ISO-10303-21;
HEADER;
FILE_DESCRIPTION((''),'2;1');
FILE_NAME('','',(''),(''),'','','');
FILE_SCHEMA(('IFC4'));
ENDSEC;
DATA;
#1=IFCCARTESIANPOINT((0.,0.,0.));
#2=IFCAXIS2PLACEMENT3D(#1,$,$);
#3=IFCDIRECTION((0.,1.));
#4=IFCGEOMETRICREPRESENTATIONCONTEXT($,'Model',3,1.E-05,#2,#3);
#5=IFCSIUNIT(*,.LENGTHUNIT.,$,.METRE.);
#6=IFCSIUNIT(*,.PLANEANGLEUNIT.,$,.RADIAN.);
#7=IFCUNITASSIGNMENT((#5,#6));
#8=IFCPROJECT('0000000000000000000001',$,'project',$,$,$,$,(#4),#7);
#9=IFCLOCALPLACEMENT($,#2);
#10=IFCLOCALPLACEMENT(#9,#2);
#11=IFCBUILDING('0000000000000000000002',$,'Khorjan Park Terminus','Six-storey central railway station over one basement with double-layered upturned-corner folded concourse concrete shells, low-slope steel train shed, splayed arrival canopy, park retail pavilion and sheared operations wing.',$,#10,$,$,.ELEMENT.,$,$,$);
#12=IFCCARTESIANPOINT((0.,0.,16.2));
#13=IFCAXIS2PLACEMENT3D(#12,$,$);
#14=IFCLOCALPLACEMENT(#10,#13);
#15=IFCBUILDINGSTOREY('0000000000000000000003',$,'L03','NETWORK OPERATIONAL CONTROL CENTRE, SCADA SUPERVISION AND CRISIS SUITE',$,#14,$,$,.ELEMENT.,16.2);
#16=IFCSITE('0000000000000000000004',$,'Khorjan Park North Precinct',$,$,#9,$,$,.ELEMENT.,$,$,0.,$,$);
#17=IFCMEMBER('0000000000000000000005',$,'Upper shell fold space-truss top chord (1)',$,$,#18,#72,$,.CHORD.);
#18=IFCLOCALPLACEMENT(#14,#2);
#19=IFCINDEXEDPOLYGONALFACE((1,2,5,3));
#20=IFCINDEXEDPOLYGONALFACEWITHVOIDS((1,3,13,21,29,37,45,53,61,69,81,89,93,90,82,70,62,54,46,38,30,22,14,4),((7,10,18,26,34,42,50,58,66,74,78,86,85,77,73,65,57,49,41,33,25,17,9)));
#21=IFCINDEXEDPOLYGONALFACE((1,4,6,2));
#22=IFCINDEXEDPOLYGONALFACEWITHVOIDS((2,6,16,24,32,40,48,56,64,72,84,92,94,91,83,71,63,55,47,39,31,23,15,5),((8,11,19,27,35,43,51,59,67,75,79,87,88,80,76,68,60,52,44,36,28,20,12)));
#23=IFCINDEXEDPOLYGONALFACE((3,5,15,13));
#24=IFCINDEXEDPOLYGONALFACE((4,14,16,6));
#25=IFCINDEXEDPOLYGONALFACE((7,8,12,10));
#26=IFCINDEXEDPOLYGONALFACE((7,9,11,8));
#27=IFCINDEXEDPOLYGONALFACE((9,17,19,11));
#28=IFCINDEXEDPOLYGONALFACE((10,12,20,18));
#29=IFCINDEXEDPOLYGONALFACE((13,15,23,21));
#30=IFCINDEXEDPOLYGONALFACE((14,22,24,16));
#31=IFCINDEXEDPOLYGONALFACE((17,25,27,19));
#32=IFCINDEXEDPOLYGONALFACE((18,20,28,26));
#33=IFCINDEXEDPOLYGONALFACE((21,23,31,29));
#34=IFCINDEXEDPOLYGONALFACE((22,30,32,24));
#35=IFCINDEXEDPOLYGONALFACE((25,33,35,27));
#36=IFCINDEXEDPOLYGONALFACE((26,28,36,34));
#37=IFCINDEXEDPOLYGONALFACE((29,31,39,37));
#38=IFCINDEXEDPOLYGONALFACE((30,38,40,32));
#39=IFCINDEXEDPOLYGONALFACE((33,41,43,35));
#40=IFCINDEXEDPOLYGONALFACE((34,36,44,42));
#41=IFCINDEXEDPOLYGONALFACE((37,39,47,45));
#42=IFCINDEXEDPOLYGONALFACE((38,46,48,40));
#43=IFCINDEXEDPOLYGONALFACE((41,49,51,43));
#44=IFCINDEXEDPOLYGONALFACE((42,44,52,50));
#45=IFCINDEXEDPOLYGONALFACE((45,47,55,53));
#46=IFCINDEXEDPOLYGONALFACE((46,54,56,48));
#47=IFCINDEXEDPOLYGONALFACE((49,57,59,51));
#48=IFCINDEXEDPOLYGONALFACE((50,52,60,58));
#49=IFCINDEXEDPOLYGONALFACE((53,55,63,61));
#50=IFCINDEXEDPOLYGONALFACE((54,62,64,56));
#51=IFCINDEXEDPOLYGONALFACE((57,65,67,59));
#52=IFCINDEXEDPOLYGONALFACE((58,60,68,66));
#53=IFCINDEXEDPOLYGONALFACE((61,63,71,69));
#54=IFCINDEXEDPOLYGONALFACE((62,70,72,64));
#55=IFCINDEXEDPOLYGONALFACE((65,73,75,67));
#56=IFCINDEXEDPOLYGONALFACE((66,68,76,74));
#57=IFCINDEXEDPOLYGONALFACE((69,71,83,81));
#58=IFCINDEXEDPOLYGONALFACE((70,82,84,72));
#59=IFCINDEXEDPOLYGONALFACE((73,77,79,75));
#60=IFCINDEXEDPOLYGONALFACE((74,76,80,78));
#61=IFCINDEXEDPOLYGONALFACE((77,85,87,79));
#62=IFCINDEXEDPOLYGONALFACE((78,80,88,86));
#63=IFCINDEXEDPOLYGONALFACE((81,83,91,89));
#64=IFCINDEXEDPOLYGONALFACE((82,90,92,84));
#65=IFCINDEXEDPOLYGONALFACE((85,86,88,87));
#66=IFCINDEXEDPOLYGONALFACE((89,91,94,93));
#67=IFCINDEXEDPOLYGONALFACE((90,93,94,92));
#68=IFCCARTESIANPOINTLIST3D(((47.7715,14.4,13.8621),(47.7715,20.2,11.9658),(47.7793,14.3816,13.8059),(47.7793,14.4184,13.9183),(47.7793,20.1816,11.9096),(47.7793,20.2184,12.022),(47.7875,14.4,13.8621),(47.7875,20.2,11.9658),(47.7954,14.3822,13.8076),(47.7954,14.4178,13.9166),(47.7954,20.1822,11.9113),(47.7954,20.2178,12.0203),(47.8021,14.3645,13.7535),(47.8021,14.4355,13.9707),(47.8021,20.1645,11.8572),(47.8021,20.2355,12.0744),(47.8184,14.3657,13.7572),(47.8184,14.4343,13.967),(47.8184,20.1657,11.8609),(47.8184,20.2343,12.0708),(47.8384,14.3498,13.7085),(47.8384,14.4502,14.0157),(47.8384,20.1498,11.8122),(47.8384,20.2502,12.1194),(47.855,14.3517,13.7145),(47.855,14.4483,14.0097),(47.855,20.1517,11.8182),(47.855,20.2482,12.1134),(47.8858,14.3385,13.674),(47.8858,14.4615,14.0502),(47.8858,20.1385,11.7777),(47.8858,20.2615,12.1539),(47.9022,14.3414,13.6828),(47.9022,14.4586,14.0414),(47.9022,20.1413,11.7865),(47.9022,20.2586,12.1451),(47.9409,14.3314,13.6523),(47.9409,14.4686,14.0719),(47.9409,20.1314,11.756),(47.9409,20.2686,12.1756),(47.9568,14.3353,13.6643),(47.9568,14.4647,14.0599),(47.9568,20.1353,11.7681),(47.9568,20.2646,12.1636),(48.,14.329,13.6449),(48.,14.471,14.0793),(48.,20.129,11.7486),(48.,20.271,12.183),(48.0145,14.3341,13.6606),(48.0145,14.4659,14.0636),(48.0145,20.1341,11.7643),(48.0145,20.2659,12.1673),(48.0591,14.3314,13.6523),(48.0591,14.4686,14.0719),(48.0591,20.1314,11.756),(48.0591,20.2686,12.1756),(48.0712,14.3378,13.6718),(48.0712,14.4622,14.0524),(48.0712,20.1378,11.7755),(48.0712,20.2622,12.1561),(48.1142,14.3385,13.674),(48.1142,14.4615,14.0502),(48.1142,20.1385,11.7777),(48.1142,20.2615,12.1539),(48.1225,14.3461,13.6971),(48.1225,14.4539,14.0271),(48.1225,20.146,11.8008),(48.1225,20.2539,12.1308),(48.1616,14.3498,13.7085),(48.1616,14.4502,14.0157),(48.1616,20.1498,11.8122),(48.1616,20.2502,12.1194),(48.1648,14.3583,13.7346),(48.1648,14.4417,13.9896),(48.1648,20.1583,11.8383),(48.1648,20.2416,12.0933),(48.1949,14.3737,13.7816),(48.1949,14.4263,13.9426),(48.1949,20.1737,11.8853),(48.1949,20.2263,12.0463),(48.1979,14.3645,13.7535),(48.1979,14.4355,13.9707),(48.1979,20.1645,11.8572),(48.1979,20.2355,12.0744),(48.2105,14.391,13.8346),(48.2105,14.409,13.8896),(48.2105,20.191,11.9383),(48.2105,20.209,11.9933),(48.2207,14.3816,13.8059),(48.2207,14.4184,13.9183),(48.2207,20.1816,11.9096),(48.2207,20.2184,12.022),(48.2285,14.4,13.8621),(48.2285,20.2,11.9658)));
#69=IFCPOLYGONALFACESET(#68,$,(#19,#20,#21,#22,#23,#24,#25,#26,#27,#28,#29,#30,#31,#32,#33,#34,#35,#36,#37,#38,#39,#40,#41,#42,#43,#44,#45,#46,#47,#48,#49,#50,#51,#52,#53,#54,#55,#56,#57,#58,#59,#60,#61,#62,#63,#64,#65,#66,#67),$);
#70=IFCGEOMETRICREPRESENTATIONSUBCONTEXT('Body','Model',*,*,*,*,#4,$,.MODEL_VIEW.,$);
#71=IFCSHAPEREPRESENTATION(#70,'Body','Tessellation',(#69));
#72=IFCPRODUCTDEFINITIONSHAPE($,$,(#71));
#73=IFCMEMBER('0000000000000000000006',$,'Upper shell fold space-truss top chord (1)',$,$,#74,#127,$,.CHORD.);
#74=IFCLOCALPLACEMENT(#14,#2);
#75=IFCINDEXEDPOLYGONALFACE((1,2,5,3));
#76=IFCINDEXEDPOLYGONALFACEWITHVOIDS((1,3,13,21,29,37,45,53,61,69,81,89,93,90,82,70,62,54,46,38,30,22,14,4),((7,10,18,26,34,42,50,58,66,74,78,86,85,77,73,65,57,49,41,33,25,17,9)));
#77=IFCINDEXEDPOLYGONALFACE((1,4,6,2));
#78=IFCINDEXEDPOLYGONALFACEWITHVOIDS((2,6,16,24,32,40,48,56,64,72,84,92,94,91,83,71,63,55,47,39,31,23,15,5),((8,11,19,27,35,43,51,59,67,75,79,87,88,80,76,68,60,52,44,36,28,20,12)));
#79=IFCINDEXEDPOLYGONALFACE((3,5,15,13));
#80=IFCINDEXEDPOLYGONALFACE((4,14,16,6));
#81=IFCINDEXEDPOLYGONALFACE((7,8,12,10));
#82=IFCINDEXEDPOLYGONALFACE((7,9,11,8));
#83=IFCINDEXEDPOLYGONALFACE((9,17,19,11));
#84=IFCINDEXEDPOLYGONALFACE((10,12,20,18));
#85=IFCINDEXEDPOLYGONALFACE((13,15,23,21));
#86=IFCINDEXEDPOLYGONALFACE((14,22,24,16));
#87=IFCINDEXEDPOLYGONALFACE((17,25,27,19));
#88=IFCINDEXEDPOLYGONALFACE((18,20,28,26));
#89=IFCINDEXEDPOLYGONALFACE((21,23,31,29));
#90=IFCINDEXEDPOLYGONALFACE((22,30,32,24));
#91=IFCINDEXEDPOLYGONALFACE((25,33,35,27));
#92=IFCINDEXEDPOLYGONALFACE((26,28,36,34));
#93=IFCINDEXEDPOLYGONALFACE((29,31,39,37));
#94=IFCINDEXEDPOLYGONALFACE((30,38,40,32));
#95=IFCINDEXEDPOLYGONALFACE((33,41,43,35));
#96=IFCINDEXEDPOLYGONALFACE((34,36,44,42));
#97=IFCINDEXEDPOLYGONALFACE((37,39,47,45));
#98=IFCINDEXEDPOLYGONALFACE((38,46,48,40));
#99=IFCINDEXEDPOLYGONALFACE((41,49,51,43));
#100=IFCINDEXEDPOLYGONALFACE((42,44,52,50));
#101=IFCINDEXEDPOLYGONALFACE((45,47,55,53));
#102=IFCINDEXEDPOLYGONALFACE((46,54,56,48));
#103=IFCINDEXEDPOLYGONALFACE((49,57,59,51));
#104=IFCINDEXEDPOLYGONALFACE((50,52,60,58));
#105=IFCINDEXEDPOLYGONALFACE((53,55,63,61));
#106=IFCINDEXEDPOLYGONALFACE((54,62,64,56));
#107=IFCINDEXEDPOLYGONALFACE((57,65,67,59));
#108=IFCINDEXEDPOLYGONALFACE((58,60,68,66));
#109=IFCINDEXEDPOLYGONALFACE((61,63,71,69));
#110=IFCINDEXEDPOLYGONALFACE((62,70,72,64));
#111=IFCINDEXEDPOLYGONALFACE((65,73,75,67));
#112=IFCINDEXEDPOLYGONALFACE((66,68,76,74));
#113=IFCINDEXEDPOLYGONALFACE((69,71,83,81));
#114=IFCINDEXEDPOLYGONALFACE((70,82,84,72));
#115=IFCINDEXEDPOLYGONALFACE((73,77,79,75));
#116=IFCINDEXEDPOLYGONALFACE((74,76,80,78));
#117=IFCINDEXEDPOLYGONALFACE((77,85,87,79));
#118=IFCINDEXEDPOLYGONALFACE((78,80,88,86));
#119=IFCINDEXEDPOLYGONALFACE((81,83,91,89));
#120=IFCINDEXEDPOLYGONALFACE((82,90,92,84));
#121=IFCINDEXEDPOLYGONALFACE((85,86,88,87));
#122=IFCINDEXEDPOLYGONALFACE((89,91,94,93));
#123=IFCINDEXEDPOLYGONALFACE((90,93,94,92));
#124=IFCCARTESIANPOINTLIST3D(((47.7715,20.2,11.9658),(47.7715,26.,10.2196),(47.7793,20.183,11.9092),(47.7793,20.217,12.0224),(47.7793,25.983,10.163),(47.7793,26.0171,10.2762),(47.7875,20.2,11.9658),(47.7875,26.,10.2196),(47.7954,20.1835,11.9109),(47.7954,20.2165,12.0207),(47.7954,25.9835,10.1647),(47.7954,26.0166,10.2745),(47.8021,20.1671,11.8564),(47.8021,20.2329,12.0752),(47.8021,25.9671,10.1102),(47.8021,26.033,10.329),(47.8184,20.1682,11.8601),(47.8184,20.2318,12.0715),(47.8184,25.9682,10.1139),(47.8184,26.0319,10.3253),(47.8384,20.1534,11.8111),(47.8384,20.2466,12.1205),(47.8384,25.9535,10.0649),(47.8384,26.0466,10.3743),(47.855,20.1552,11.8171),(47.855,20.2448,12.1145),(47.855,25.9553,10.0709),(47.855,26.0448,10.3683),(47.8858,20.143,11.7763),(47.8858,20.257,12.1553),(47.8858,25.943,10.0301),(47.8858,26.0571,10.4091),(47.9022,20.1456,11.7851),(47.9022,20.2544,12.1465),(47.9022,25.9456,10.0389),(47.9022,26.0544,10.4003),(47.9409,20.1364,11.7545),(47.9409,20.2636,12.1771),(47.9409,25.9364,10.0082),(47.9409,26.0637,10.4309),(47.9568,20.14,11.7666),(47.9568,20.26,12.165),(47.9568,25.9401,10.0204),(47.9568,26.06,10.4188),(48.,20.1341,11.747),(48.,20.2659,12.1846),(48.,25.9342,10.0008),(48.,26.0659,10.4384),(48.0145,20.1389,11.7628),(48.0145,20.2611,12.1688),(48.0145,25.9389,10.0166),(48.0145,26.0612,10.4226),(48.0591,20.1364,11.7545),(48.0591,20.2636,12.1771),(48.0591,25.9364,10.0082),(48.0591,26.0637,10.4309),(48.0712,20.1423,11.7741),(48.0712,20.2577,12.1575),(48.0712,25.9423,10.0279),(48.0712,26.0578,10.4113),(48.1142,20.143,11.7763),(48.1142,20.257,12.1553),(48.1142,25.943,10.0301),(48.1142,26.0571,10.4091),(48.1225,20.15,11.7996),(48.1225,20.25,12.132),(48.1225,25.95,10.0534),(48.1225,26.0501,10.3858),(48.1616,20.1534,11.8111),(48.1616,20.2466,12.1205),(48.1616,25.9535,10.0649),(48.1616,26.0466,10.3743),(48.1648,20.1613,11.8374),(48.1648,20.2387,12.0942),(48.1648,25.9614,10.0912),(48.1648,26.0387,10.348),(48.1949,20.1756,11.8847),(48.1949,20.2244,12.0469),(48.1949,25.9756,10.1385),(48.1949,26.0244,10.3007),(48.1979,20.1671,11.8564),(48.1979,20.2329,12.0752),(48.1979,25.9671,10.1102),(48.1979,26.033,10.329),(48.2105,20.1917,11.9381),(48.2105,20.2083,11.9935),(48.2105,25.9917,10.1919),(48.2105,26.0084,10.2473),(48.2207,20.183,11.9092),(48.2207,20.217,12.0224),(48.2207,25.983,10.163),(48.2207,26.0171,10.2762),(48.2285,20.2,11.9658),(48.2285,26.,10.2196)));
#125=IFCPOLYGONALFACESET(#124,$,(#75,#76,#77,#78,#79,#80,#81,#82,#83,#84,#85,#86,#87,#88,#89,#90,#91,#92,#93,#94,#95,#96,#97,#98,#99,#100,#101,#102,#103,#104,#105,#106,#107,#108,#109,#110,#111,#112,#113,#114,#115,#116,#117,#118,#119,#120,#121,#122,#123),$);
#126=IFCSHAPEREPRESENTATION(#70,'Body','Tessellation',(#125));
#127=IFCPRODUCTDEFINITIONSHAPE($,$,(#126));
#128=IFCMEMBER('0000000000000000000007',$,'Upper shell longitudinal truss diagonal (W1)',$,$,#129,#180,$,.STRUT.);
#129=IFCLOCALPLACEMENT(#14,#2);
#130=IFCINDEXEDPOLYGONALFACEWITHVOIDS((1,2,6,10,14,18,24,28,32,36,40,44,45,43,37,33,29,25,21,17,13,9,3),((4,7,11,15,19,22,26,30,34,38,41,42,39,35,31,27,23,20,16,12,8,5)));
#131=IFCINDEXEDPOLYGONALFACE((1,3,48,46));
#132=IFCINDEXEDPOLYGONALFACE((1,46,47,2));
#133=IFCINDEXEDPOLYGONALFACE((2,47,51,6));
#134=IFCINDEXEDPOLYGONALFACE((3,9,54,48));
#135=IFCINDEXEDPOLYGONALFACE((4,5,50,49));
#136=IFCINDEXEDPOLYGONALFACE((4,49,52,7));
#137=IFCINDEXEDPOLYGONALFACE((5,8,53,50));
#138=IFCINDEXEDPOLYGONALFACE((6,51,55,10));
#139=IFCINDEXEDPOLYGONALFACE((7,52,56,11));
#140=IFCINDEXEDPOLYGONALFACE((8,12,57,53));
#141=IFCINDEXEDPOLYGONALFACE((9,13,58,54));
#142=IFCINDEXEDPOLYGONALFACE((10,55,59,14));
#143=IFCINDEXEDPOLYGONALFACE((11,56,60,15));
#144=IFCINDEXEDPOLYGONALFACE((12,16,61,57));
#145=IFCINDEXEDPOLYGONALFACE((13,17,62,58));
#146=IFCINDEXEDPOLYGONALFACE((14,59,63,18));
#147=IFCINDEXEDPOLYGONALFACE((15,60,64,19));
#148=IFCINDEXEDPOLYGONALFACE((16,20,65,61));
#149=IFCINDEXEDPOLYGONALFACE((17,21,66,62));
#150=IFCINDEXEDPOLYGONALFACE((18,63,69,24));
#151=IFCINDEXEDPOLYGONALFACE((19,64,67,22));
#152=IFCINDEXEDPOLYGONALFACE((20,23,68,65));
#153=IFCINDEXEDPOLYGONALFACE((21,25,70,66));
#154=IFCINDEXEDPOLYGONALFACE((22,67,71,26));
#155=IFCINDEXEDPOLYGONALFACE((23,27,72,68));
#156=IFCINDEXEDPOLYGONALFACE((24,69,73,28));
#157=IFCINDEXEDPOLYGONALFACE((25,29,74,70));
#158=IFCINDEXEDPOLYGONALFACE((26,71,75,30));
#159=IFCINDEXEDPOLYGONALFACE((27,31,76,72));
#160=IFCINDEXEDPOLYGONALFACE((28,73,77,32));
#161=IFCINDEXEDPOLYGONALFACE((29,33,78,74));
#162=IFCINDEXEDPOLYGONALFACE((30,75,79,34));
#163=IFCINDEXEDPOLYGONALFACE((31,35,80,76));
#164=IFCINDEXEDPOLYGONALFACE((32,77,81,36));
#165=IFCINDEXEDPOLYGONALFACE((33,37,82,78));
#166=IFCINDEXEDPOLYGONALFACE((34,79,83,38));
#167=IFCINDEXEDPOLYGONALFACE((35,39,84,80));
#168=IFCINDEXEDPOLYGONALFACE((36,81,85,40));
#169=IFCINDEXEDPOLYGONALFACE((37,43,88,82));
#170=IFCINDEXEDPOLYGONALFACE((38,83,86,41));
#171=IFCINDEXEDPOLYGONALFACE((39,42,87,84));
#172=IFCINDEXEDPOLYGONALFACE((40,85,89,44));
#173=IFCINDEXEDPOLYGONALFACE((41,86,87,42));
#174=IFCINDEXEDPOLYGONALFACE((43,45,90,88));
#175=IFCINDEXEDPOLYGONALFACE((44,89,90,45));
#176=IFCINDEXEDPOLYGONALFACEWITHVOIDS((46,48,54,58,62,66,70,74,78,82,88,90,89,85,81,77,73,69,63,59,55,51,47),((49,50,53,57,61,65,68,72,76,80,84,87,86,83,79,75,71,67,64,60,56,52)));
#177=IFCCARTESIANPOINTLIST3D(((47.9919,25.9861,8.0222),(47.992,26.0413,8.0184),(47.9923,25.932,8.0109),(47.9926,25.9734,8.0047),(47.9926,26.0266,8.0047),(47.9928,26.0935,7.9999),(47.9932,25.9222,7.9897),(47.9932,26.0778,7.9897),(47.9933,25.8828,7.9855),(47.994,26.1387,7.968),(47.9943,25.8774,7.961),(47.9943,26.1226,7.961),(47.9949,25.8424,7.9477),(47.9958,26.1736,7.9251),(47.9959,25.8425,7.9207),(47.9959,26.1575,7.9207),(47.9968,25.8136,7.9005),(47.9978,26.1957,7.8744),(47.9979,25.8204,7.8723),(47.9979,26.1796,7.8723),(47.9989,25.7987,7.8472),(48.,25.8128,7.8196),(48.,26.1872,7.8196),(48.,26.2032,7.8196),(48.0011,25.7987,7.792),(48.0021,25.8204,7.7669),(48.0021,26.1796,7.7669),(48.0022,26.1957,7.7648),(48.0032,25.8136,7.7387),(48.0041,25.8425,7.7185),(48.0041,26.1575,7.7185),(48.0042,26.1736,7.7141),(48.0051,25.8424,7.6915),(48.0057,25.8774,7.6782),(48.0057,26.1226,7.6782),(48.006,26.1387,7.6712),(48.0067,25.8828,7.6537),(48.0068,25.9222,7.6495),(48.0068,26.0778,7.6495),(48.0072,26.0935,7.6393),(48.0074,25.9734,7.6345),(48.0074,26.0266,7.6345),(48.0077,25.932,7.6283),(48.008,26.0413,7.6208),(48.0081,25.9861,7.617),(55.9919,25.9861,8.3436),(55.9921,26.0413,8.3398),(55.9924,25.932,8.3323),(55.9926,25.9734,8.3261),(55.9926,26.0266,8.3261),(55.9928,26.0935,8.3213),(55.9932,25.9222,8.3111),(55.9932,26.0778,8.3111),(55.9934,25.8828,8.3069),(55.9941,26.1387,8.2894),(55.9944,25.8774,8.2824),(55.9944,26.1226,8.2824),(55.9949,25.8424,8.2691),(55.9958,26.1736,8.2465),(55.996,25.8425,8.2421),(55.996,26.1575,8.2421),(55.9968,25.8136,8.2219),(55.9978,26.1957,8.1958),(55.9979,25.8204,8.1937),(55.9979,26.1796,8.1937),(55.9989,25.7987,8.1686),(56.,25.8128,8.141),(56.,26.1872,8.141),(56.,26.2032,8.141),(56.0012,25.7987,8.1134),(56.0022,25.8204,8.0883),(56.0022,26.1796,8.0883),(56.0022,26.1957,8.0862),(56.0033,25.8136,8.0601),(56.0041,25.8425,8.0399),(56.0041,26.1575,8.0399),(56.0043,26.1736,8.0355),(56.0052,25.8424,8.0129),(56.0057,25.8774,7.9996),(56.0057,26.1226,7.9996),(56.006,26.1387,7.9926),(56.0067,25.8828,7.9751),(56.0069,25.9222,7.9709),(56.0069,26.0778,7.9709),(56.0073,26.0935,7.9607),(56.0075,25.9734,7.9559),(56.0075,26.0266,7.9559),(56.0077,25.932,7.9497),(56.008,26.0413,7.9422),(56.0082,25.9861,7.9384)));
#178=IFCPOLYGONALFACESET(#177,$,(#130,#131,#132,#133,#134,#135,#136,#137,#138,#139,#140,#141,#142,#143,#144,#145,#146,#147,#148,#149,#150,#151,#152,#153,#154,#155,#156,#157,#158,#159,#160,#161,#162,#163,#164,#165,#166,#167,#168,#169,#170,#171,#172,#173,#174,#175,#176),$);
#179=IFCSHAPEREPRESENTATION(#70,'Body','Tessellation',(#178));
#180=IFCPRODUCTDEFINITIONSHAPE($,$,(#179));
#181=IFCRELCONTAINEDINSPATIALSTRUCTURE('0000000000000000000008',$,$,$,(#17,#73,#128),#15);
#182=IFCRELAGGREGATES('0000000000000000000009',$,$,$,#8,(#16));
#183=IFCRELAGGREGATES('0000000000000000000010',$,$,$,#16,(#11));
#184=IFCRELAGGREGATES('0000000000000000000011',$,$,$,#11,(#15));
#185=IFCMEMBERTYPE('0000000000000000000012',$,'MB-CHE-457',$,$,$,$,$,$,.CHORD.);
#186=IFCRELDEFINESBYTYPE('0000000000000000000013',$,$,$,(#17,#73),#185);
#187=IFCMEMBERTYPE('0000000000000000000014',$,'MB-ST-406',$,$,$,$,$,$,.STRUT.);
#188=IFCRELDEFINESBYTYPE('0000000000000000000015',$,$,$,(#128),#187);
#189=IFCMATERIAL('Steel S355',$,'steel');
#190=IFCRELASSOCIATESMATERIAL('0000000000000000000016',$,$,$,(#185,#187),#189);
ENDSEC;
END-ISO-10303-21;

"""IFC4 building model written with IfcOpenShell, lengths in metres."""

from ifc_helpers import new_model, si_unit, direction, frame, origin, origin_2d, place, context, subcontext, project, spatial, hollow_circle, extrude, material, material_profile, profile_set, type_object, element, save


model = new_model("IFC4")

# Units and contexts
model_context = context("Model", 3, precision=1e-05, world=origin(), true_north=direction((0.0, 1.0)))
body_context = subcontext(model_context, "Body", "Model", "MODEL_VIEW")
ifc_project = project(units=[si_unit("LENGTHUNIT", "METRE"), si_unit("PLANEANGLEUNIT", "RADIAN")], contexts=[model_context])

# Site, building, storey
site_placement = place(None, origin())
site = spatial("IfcSite", under=ifc_project, at=site_placement, Name="Khorjan Park North Precinct", CompositionType="ELEMENT", RefElevation=0.0)
building_placement = place(site_placement, origin())
building = spatial("IfcBuilding", under=site, at=building_placement, Name="Khorjan Park Terminus", Description="Six-storey central railway station over one basement with double-layered upturned-corner folded concourse concrete shells, low-slope steel train shed, splayed arrival canopy, park retail pavilion and sheared operations wing.", CompositionType="ELEMENT")
storey_placement = place(building_placement, frame((0.0, 0.0, 16.2)))
storey = spatial("IfcBuildingStorey", under=building, at=storey_placement, Name="L03", Description="NETWORK OPERATIONAL CONTROL CENTRE, SCADA SUPERVISION AND CRISIS SUITE", CompositionType="ELEMENT", Elevation=16.2)

# Members
ifc_material_1 = material(Name="Steel S355", Category="steel")
ifc_material_profile_1 = material_profile(ifc_material_1, hollow_circle(Radius=0.2285, WallThickness=0.016, at=origin_2d()), Name="CHS 457x16")
ifc_profile_set_1 = profile_set([ifc_material_profile_1], Name="Steel S355")
member_type_1 = type_object("IfcMemberType", Name="MB-CHE-457", PredefinedType="CHORD", material=ifc_profile_set_1)
member_1_placement = place(storey_placement, frame((48.0, 14.4, 13.8621), z_axis=(0.0, 0.950488, -0.31076), x_axis=(-1.0, 0.0, 0.0)))
element("IfcMember", 1, at=member_1_placement, inside=storey, type_object=member_type_1, Name="Upper shell fold space-truss top chord (1)", PredefinedType="CHORD", context=body_context, shape_type="SweptSolid", body=[
    extrude(hollow_circle(Radius=0.2285, WallThickness=0.016, at=origin_2d()), origin(), (0.0, 0.0, 1.0), 6.1021),
])
member_2_placement = place(storey_placement, frame((48.0, 20.2, 11.9658), z_axis=(0.0, 0.957544, -0.288287), x_axis=(-1.0, 0.0, 0.0)))
element("IfcMember", 2, at=member_2_placement, inside=storey, type_object=member_type_1, Name="Upper shell fold space-truss top chord (1)", PredefinedType="CHORD", context=body_context, shape_type="SweptSolid", body=[
    extrude(hollow_circle(Radius=0.2285, WallThickness=0.016, at=origin_2d()), origin(), (0.0, 0.0, 1.0), 6.0572),
])
ifc_material_profile_2 = material_profile(ifc_material_1, hollow_circle(Radius=0.2032, WallThickness=0.016, at=origin_2d()), Name="CHS 406.4x16")
ifc_profile_set_2 = profile_set([ifc_material_profile_2], Name="Steel S355")
member_type_2 = type_object("IfcMemberType", Name="MB-ST-406", PredefinedType="STRUT", material=ifc_profile_set_2)
member_3_placement = place(storey_placement, frame((48.0, 26.0, 7.8196), z_axis=(0.999194, 0.0, 0.040143), x_axis=(0.0, 1.0, 0.0)))
element("IfcMember", 3, at=member_3_placement, inside=storey, type_object=member_type_2, Name="Upper shell longitudinal truss diagonal (W1)", PredefinedType="STRUT", context=body_context, shape_type="SweptSolid", body=[
    extrude(hollow_circle(Radius=0.2032, WallThickness=0.016, at=origin_2d()), origin(), (0.0, 0.0, 1.0), 8.0065),
])

save(model, "model.ifc")
